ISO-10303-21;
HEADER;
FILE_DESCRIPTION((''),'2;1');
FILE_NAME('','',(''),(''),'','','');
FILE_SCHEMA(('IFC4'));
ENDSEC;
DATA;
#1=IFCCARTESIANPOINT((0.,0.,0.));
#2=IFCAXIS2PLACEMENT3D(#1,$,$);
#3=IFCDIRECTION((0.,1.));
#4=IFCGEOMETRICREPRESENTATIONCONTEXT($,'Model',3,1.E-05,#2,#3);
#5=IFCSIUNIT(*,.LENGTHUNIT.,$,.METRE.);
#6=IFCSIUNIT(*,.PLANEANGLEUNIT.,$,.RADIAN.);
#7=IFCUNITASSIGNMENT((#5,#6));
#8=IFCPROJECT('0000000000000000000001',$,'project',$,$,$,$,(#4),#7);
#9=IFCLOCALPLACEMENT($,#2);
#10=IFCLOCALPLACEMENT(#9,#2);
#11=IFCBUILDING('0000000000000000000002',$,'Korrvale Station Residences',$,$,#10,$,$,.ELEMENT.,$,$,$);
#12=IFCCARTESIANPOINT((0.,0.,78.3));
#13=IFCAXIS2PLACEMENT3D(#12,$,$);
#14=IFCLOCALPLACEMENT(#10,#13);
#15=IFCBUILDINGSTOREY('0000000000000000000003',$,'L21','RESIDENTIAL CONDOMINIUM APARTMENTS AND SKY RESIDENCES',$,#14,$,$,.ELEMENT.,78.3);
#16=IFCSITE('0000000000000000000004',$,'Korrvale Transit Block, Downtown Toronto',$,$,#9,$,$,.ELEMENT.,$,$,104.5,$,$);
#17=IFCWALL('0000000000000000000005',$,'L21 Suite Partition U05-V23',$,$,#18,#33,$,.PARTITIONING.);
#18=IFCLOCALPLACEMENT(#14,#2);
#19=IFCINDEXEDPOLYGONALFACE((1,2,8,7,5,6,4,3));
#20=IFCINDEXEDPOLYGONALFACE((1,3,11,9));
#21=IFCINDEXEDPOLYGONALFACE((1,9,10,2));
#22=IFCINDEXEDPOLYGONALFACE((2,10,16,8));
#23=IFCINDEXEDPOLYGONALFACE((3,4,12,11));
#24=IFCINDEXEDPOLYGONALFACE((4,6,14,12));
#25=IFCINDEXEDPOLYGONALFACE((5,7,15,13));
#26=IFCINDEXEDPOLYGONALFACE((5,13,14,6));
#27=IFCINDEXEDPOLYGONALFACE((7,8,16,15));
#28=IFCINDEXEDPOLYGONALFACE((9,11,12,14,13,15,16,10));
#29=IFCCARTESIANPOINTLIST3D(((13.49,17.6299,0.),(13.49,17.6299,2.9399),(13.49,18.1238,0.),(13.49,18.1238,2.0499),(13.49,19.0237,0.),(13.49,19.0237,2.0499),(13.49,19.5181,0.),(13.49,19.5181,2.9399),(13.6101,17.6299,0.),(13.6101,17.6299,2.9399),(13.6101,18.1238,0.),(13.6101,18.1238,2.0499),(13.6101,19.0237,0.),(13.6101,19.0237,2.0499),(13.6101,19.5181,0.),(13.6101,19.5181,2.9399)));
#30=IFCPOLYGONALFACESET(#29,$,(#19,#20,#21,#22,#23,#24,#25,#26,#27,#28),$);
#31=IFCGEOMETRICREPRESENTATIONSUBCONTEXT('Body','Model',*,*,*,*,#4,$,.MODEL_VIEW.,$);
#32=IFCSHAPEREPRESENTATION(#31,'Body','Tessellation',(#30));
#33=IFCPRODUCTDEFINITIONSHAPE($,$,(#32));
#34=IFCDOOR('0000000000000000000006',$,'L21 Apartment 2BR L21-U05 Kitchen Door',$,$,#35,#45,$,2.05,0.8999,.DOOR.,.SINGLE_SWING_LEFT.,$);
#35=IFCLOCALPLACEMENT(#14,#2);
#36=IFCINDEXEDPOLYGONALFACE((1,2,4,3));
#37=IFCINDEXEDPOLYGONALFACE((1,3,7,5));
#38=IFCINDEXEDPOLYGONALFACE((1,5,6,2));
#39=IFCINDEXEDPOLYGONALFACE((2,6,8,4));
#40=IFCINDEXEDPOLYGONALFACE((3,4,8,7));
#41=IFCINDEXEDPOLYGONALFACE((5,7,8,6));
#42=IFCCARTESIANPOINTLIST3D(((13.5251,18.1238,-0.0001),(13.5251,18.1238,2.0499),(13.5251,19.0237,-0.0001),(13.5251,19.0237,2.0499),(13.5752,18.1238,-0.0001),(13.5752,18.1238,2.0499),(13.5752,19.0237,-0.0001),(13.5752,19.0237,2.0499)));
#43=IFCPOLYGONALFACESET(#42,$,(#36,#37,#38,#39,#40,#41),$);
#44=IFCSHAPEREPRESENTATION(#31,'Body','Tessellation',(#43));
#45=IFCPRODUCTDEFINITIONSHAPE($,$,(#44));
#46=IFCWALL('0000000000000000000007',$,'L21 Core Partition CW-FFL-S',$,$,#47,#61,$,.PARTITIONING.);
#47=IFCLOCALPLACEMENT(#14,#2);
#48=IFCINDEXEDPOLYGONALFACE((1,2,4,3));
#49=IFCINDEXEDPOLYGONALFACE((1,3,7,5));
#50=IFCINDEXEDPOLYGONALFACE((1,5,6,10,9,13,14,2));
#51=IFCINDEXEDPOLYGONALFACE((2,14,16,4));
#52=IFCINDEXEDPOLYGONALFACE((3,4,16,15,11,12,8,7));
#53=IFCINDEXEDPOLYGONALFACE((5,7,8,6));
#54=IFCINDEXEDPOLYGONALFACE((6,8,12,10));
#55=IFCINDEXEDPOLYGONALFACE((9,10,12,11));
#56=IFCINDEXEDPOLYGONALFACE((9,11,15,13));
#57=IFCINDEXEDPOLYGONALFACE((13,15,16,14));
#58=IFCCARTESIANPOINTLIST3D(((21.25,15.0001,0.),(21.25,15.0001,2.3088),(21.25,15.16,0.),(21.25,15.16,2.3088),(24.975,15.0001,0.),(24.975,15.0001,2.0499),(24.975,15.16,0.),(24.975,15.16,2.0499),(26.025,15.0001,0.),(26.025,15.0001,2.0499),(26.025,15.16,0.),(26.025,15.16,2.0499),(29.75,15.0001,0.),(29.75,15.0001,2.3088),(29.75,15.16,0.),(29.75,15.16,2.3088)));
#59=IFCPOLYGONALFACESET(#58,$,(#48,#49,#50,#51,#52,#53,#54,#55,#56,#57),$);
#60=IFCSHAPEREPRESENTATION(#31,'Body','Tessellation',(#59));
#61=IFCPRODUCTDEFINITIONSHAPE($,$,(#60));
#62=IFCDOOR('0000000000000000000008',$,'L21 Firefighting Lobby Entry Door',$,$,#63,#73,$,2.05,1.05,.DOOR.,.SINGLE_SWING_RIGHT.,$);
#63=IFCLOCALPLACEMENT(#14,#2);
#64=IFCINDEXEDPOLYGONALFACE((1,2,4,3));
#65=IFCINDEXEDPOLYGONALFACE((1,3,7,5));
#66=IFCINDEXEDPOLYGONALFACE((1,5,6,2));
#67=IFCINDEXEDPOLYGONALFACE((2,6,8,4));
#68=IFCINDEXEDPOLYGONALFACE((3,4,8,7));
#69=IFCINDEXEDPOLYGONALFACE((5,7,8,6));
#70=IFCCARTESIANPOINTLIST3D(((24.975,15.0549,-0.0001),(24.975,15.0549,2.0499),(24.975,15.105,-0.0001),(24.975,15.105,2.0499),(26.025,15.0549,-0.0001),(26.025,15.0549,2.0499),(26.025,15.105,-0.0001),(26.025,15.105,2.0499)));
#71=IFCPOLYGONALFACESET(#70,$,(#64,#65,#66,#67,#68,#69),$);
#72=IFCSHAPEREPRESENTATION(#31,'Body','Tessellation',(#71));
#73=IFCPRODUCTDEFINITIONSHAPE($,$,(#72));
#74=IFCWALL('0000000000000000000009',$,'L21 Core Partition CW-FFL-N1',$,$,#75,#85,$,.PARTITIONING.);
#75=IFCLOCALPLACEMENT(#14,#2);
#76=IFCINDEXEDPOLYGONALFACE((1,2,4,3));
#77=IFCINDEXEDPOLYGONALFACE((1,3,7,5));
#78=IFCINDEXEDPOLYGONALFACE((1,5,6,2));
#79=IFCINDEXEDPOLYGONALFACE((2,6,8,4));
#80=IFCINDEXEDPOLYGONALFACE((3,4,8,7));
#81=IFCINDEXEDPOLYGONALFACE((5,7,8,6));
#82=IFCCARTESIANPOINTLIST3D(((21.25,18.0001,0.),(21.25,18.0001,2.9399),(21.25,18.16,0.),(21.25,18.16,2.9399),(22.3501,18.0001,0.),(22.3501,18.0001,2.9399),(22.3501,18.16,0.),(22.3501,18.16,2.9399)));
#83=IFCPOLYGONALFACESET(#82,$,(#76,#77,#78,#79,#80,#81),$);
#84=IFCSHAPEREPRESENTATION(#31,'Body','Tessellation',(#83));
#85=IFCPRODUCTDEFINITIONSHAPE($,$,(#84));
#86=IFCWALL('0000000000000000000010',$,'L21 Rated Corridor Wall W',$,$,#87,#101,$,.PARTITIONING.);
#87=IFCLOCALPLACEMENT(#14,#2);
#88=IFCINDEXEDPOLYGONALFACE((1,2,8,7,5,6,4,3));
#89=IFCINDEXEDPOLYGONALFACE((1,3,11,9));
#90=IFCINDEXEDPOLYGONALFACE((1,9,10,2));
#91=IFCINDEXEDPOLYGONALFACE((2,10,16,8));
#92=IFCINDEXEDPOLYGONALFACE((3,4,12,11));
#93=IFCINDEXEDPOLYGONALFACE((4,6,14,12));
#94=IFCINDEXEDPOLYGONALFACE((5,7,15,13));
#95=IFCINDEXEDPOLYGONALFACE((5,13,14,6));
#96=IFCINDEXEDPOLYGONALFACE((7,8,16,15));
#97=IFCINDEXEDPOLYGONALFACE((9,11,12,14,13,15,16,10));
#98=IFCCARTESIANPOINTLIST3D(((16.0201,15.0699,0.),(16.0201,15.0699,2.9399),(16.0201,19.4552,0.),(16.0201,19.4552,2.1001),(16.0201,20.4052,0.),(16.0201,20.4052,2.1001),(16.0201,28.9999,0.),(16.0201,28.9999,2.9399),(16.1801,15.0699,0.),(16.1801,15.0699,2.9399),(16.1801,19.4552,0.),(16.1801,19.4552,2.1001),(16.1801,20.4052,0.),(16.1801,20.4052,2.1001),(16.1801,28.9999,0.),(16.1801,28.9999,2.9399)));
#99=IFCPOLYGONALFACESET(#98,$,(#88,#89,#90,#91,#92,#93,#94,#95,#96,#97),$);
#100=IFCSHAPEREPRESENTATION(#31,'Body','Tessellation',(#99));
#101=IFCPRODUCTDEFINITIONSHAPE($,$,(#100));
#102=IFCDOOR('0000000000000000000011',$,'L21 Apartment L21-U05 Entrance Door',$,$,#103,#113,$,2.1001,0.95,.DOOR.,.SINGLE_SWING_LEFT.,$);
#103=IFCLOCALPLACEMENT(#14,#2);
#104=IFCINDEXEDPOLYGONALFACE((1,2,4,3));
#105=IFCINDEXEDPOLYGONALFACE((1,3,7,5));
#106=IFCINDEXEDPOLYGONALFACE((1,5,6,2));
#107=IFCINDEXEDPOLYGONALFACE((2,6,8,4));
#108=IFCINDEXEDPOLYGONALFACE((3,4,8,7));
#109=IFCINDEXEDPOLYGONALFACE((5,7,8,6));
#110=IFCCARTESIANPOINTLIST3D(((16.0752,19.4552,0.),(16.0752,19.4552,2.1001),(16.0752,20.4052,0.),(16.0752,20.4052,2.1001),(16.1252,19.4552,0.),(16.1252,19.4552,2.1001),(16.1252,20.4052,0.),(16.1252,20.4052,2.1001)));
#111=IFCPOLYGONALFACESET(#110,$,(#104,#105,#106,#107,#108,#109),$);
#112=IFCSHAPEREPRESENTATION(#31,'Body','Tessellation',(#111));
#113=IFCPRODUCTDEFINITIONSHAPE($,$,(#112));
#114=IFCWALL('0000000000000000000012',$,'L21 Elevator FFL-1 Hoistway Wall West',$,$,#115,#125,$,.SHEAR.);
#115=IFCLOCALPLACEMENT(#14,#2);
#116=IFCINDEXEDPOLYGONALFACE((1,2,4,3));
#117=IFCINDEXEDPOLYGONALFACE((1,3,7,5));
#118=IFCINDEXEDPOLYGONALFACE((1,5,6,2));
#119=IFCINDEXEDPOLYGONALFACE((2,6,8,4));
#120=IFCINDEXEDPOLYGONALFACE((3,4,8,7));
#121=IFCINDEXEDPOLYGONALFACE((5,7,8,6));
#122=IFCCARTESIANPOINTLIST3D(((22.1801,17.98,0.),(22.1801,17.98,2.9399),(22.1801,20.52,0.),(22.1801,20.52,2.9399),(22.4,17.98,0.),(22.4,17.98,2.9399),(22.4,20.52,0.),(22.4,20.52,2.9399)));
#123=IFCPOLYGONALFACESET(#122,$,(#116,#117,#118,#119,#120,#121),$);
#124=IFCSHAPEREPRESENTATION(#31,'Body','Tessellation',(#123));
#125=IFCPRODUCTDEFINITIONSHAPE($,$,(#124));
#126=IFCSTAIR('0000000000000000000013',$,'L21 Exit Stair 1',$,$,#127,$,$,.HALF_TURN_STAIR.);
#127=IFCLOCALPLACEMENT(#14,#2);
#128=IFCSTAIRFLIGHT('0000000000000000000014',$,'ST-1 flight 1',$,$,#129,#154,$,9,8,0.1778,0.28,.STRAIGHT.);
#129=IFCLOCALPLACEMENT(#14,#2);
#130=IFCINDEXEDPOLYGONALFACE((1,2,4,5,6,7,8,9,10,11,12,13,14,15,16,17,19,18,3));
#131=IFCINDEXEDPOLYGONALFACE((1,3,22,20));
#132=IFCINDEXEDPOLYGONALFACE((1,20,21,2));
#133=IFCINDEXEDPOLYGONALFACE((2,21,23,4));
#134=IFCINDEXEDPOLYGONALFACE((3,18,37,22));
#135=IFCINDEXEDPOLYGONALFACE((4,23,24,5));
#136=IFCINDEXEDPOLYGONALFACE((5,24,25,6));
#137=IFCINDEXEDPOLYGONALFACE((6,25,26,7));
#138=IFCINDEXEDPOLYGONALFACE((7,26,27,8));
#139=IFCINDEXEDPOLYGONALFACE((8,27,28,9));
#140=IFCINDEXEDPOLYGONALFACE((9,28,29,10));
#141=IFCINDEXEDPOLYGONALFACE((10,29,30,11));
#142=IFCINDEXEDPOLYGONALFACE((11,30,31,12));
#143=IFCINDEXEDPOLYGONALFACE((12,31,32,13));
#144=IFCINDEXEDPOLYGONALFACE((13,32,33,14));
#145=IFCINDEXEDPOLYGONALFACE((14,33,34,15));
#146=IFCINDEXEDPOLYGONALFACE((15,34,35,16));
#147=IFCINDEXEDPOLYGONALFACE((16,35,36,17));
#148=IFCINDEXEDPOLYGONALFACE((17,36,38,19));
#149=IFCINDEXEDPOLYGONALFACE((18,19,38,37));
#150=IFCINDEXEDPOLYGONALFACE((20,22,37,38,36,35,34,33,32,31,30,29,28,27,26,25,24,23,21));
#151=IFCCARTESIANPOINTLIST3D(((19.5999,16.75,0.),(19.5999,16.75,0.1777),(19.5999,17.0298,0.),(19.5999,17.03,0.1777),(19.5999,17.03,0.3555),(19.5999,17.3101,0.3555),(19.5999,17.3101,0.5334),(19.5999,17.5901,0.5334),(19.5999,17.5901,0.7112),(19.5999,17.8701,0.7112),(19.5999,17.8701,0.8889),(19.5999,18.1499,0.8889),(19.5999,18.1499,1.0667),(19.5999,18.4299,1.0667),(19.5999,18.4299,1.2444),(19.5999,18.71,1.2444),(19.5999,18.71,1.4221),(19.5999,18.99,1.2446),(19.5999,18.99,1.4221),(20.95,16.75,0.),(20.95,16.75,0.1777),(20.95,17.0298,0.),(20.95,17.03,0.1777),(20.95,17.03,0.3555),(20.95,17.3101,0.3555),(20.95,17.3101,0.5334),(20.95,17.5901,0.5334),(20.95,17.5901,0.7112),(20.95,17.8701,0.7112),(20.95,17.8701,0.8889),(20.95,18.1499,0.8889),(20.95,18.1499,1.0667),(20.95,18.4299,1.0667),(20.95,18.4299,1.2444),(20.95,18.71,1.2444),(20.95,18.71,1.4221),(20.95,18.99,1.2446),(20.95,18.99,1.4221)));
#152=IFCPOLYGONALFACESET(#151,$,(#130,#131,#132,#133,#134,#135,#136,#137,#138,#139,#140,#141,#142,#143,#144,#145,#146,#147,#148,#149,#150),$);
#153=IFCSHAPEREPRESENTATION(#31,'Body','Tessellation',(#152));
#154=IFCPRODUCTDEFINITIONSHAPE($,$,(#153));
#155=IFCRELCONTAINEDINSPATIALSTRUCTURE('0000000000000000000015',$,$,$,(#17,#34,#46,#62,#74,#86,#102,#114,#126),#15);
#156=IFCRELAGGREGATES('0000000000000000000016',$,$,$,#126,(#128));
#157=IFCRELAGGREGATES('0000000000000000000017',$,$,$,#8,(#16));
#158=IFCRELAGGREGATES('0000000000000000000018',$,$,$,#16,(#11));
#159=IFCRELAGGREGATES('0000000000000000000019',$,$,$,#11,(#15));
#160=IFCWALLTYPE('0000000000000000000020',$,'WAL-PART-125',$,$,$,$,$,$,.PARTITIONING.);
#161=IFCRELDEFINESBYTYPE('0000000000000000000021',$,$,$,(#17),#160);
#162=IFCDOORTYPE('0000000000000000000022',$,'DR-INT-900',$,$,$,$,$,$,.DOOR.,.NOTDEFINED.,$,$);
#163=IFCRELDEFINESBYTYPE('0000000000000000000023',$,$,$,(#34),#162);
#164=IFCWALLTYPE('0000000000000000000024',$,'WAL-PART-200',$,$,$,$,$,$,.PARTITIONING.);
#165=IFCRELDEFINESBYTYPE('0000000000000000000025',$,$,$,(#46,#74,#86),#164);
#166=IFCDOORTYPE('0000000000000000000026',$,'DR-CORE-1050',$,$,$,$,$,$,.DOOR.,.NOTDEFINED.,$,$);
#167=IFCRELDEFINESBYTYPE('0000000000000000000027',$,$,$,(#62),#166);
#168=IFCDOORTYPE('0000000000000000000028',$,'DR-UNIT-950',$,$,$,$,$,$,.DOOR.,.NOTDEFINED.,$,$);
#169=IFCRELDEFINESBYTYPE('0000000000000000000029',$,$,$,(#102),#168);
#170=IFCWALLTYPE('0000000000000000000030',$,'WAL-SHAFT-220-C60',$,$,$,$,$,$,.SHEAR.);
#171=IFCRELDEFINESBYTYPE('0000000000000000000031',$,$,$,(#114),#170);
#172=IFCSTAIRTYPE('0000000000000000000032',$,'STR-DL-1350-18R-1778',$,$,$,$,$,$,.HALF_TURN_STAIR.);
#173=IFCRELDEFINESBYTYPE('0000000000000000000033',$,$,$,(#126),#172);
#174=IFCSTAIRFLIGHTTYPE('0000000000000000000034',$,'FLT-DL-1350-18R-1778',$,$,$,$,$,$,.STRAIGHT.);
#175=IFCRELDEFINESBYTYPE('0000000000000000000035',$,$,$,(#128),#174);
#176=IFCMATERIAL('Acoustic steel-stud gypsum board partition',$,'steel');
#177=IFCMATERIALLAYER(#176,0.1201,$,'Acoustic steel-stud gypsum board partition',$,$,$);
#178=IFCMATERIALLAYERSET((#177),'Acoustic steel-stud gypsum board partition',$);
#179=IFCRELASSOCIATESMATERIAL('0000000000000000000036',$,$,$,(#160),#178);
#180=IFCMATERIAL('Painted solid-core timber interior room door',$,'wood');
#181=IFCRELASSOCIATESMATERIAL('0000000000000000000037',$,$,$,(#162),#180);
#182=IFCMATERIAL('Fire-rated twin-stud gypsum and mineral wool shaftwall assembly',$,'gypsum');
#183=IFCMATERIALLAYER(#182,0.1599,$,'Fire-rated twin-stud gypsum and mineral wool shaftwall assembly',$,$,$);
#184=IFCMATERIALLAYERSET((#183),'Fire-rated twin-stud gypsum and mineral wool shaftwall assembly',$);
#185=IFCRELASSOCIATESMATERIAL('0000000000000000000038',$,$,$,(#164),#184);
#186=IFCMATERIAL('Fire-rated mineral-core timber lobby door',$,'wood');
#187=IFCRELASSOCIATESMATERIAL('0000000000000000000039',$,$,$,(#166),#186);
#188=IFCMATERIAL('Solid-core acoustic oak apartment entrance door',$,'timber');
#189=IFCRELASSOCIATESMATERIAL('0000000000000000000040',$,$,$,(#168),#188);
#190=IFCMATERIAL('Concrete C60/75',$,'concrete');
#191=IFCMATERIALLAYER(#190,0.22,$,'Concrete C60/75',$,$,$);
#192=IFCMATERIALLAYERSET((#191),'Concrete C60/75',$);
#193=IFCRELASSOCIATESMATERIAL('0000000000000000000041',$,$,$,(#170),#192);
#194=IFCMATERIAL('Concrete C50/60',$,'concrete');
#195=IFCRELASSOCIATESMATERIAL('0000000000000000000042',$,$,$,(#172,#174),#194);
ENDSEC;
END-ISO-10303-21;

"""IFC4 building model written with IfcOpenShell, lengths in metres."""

from ifc_helpers import new_model, si_unit, direction, frame, frame_2d, origin, place, context, subcontext, project, spatial, polyline, rectangle, outline, extrude, material, layer, layer_set, type_object, element, fill, aggregate, save


model = new_model("IFC4")

# Units and contexts
model_context = context("Model", 3, precision=1e-05, world=origin(), true_north=direction((0.0, 1.0)))
body_context = subcontext(model_context, "Body", "Model", "MODEL_VIEW")
ifc_project = project(units=[si_unit("LENGTHUNIT", "METRE"), si_unit("PLANEANGLEUNIT", "RADIAN")], contexts=[model_context])

# Site, building, storey
site_placement = place(None, origin())
site = spatial("IfcSite", under=ifc_project, at=site_placement, Name="Korrvale Transit Block, Downtown Toronto", CompositionType="ELEMENT", RefElevation=104.5)
building_placement = place(site_placement, origin())
building = spatial("IfcBuilding", under=site, at=building_placement, Name="Korrvale Station Residences", CompositionType="ELEMENT")
storey_placement = place(building_placement, frame((0.0, 0.0, 78.3)))
storey = spatial("IfcBuildingStorey", under=building, at=storey_placement, Name="L21", Description="RESIDENTIAL CONDOMINIUM APARTMENTS AND SKY RESIDENCES", CompositionType="ELEMENT", Elevation=78.3)

# Shared definitions
ifc_material_1 = material(Name="Concrete C60/75", Category="concrete")

# Shared definitions
ifc_material_2 = material(Name="Acoustic steel-stud gypsum board partition", Category="steel")
ifc_layer_1 = layer(ifc_material_2, 0.1201, Name="Acoustic steel-stud gypsum board partition")
ifc_layer_set_1 = layer_set([ifc_layer_1], Name="Acoustic steel-stud gypsum board partition")
wall_type_1 = type_object("IfcWallType", Name="WAL-PART-125", PredefinedType="PARTITIONING", material=ifc_layer_set_1)

# Walls, openings, doors
wall_1_placement = place(storey_placement, frame((13.55, 17.6299, 0.0), z_axis=(0.0, 0.0, 1.0), x_axis=(0.0, 1.0, 0.0)))
wall_1 = element("IfcWall", 1, at=wall_1_placement, inside=storey, type_object=wall_type_1, Name="L21 Suite Partition U05-V23", PredefinedType="PARTITIONING", context=body_context, shape_type="SweptSolid", body=[
    extrude(rectangle(XDim=1.8882, YDim=0.1201, at=frame_2d((0.9441, 0.0))), origin(), (0.0, 0.0, 1.0), 2.9399),
])
opening_1_placement = place(wall_1_placement, frame((0.4939, 0.0, 0.0)))
opening_1 = element("IfcOpeningElement", 2, at=opening_1_placement, cuts=wall_1, PredefinedType="OPENING", context=body_context, shape_type="SweptSolid", body=[
    extrude(rectangle(XDim=0.8999, YDim=2.05, at=frame_2d((0.45, 1.0249))), frame((0.0, 0.0701, 0.0), z_axis=(0.0, -1.0, 0.0), x_axis=(1.0, 0.0, 0.0)), (0.0, 0.0, 1.0), 0.1401),
])
ifc_material_3 = material(Name="Painted solid-core timber interior room door", Category="wood")
door_type_1 = type_object("IfcDoorType", Name="DR-INT-900", OperationType="NOTDEFINED", PredefinedType="DOOR", material=ifc_material_3)
door_1_placement = place(opening_1_placement, origin())
door_1 = element("IfcDoor", 3, at=door_1_placement, inside=storey, type_object=door_type_1, Name="L21 Apartment 2BR L21-U05 Kitchen Door", OperationType="SINGLE_SWING_LEFT", OverallHeight=2.05, OverallWidth=0.8999, PredefinedType="DOOR", context=body_context, shape_type="SweptSolid", body=[
    extrude(rectangle(XDim=0.8999, YDim=2.05, at=frame_2d((0.45, 1.0249))), frame((0.0, 0.0249, 0.0), z_axis=(0.0, -1.0, 0.0), x_axis=(1.0, 0.0, 0.0)), (0.0, 0.0, 1.0), 0.05),
])
fill(opening_1, door_1)
ifc_material_4 = material(Name="Fire-rated twin-stud gypsum and mineral wool shaftwall assembly", Category="gypsum")
ifc_layer_2 = layer(ifc_material_4, 0.1599, Name="Fire-rated twin-stud gypsum and mineral wool shaftwall assembly")
ifc_layer_set_2 = layer_set([ifc_layer_2], Name="Fire-rated twin-stud gypsum and mineral wool shaftwall assembly")
wall_type_2 = type_object("IfcWallType", Name="WAL-PART-200", PredefinedType="PARTITIONING", material=ifc_layer_set_2)
wall_2_placement = place(storey_placement, frame((21.25, 15.0801, 0.0), z_axis=(0.0, 0.0, 1.0), x_axis=(1.0, 0.0, 0.0)))
wall_2 = element("IfcWall", 4, at=wall_2_placement, inside=storey, type_object=wall_type_2, Name="L21 Core Partition CW-FFL-S", PredefinedType="PARTITIONING", context=body_context, shape_type="SweptSolid", body=[
    extrude(rectangle(XDim=8.5, YDim=0.1599, at=frame_2d((4.25, 0.0))), origin(), (0.0, 0.0, 1.0), 2.3088),
])
opening_2_placement = place(wall_2_placement, frame((3.7251, 0.0, 0.0)))
opening_2 = element("IfcOpeningElement", 5, at=opening_2_placement, cuts=wall_2, PredefinedType="OPENING", context=body_context, shape_type="SweptSolid", body=[
    extrude(rectangle(XDim=1.05, YDim=2.05, at=frame_2d((0.5249, 1.0249))), frame((0.0, 0.0898, 0.0), z_axis=(0.0, -1.0, 0.0), x_axis=(1.0, 0.0, 0.0)), (0.0, 0.0, 1.0), 0.1799),
])
ifc_material_5 = material(Name="Fire-rated mineral-core timber lobby door", Category="wood")
door_type_2 = type_object("IfcDoorType", Name="DR-CORE-1050", OperationType="NOTDEFINED", PredefinedType="DOOR", material=ifc_material_5)
door_2_placement = place(opening_2_placement, origin())
door_2 = element("IfcDoor", 6, at=door_2_placement, inside=storey, type_object=door_type_2, Name="L21 Firefighting Lobby Entry Door", OperationType="SINGLE_SWING_RIGHT", OverallHeight=2.05, OverallWidth=1.05, PredefinedType="DOOR", context=body_context, shape_type="SweptSolid", body=[
    extrude(rectangle(XDim=1.05, YDim=2.05, at=frame_2d((0.5249, 1.0249))), frame((0.0, 0.0249, 0.0), z_axis=(0.0, -1.0, 0.0), x_axis=(1.0, 0.0, 0.0)), (0.0, 0.0, 1.0), 0.05),
])
fill(opening_2, door_2)

# Wall
wall_3_placement = place(storey_placement, frame((21.25, 18.0801, 0.0), z_axis=(0.0, 0.0, 1.0), x_axis=(1.0, 0.0, 0.0)))
element("IfcWall", 7, at=wall_3_placement, inside=storey, type_object=wall_type_2, Name="L21 Core Partition CW-FFL-N1", PredefinedType="PARTITIONING", context=body_context, shape_type="SweptSolid", body=[
    extrude(rectangle(XDim=1.1001, YDim=0.1599, at=frame_2d((0.55, 0.0))), origin(), (0.0, 0.0, 1.0), 2.9399),
])

# Wall, opening, door
wall_4_placement = place(storey_placement, frame((16.1001, 15.0701, 0.0), z_axis=(0.0, 0.0, 1.0), x_axis=(0.0, 1.0, 0.0)))
wall_4 = element("IfcWall", 8, at=wall_4_placement, inside=storey, type_object=wall_type_2, Name="L21 Rated Corridor Wall W", PredefinedType="PARTITIONING", context=body_context, shape_type="SweptSolid", body=[
    extrude(rectangle(XDim=13.9299, YDim=0.1599, at=frame_2d((6.9648, 0.0))), origin(), (0.0, 0.0, 1.0), 2.9399),
])
opening_3_placement = place(wall_4_placement, frame((4.385, 0.0, 0.0)))
opening_3 = element("IfcOpeningElement", 9, at=opening_3_placement, cuts=wall_4, PredefinedType="OPENING", context=body_context, shape_type="SweptSolid", body=[
    extrude(rectangle(XDim=0.95, YDim=2.1001, at=frame_2d((0.4751, 1.05))), frame((0.0, 0.0898, 0.0), z_axis=(0.0, -1.0, 0.0), x_axis=(1.0, 0.0, 0.0)), (0.0, 0.0, 1.0), 0.1799),
])
ifc_material_6 = material(Name="Solid-core acoustic oak apartment entrance door", Category="timber")
door_type_3 = type_object("IfcDoorType", Name="DR-UNIT-950", OperationType="NOTDEFINED", PredefinedType="DOOR", material=ifc_material_6)
door_3_placement = place(opening_3_placement, origin())
door_3 = element("IfcDoor", 10, at=door_3_placement, inside=storey, type_object=door_type_3, Name="L21 Apartment L21-U05 Entrance Door", OperationType="SINGLE_SWING_LEFT", OverallHeight=2.1001, OverallWidth=0.95, PredefinedType="DOOR", context=body_context, shape_type="SweptSolid", body=[
    extrude(rectangle(XDim=0.95, YDim=2.1001, at=frame_2d((0.4751, 1.05))), frame((0.0, 0.0249, 0.0), z_axis=(0.0, -1.0, 0.0), x_axis=(1.0, 0.0, 0.0)), (0.0, 0.0, 1.0), 0.05),
])
fill(opening_3, door_3)
ifc_layer_3 = layer(ifc_material_1, 0.22, Name="Concrete C60/75")
ifc_layer_set_3 = layer_set([ifc_layer_3], Name="Concrete C60/75")
wall_type_3 = type_object("IfcWallType", Name="WAL-SHAFT-220-C60", PredefinedType="SHEAR", material=ifc_layer_set_3)

# Wall
wall_5_placement = place(storey_placement, frame((22.29, 17.98, 0.0), z_axis=(0.0, 0.0, 1.0), x_axis=(0.0, 1.0, 0.0)))
element("IfcWall", 11, at=wall_5_placement, inside=storey, type_object=wall_type_3, Name="L21 Elevator FFL-1 Hoistway Wall West", PredefinedType="SHEAR", context=body_context, shape_type="SweptSolid", body=[
    extrude(rectangle(XDim=2.54, YDim=0.22, at=frame_2d((1.27, 0.0))), origin(), (0.0, 0.0, 1.0), 2.9399),
])

# Stair, stair flight
ifc_material_7 = material(Name="Concrete C50/60", Category="concrete")
stair_type = type_object("IfcStairType", Name="STR-DL-1350-18R-1778", PredefinedType="HALF_TURN_STAIR", material=ifc_material_7)
stair_placement = place(storey_placement, origin())
stair = element("IfcStair", 12, at=stair_placement, inside=storey, type_object=stair_type, Name="L21 Exit Stair 1", PredefinedType="HALF_TURN_STAIR")
stair_flight_type = type_object("IfcStairFlightType", Name="FLT-DL-1350-18R-1778", PredefinedType="STRAIGHT", material=ifc_material_7)
stair_flight_1_placement = place(storey_placement, frame((20.2749, 16.75, 0.0), z_axis=(0.0, 0.0, 1.0), x_axis=(0.0, 1.0, 0.0)))
stair_flight_1 = element("IfcStairFlight", 13, at=stair_flight_1_placement, type_object=stair_flight_type, Name="ST-1 flight 1", NumberOfRisers=9, NumberOfTreads=8, PredefinedType="STRAIGHT", RiserHeight=0.1778, TreadLength=0.28, context=body_context, shape_type="SweptSolid", body=[
    extrude(outline(polyline([(0.0, 0.0), (0.0, 0.1777), (0.28, 0.1777), (0.28, 0.3555), (0.5601, 0.3555), (0.5601, 0.5334), (0.8401, 0.5334), (0.8401, 0.7112), (1.1201, 0.7112), (1.1201, 0.8889), (1.3999, 0.8889), (1.3999, 1.0667), (1.6799, 1.0667), (1.6799, 1.2444), (1.96, 1.2444), (1.96, 1.4221), (2.24, 1.4221), (2.24, 1.6001), (2.24, 1.2446), (0.2798, 0.0), (0.0, 0.0)])), frame((0.0, 0.675, 0.0), z_axis=(0.0, -1.0, 0.0), x_axis=(1.0, 0.0, 0.0)), (0.0, 0.0, 1.0), 1.3501),
])
aggregate(stair, [stair_flight_1])

save(model, "model.ifc")
